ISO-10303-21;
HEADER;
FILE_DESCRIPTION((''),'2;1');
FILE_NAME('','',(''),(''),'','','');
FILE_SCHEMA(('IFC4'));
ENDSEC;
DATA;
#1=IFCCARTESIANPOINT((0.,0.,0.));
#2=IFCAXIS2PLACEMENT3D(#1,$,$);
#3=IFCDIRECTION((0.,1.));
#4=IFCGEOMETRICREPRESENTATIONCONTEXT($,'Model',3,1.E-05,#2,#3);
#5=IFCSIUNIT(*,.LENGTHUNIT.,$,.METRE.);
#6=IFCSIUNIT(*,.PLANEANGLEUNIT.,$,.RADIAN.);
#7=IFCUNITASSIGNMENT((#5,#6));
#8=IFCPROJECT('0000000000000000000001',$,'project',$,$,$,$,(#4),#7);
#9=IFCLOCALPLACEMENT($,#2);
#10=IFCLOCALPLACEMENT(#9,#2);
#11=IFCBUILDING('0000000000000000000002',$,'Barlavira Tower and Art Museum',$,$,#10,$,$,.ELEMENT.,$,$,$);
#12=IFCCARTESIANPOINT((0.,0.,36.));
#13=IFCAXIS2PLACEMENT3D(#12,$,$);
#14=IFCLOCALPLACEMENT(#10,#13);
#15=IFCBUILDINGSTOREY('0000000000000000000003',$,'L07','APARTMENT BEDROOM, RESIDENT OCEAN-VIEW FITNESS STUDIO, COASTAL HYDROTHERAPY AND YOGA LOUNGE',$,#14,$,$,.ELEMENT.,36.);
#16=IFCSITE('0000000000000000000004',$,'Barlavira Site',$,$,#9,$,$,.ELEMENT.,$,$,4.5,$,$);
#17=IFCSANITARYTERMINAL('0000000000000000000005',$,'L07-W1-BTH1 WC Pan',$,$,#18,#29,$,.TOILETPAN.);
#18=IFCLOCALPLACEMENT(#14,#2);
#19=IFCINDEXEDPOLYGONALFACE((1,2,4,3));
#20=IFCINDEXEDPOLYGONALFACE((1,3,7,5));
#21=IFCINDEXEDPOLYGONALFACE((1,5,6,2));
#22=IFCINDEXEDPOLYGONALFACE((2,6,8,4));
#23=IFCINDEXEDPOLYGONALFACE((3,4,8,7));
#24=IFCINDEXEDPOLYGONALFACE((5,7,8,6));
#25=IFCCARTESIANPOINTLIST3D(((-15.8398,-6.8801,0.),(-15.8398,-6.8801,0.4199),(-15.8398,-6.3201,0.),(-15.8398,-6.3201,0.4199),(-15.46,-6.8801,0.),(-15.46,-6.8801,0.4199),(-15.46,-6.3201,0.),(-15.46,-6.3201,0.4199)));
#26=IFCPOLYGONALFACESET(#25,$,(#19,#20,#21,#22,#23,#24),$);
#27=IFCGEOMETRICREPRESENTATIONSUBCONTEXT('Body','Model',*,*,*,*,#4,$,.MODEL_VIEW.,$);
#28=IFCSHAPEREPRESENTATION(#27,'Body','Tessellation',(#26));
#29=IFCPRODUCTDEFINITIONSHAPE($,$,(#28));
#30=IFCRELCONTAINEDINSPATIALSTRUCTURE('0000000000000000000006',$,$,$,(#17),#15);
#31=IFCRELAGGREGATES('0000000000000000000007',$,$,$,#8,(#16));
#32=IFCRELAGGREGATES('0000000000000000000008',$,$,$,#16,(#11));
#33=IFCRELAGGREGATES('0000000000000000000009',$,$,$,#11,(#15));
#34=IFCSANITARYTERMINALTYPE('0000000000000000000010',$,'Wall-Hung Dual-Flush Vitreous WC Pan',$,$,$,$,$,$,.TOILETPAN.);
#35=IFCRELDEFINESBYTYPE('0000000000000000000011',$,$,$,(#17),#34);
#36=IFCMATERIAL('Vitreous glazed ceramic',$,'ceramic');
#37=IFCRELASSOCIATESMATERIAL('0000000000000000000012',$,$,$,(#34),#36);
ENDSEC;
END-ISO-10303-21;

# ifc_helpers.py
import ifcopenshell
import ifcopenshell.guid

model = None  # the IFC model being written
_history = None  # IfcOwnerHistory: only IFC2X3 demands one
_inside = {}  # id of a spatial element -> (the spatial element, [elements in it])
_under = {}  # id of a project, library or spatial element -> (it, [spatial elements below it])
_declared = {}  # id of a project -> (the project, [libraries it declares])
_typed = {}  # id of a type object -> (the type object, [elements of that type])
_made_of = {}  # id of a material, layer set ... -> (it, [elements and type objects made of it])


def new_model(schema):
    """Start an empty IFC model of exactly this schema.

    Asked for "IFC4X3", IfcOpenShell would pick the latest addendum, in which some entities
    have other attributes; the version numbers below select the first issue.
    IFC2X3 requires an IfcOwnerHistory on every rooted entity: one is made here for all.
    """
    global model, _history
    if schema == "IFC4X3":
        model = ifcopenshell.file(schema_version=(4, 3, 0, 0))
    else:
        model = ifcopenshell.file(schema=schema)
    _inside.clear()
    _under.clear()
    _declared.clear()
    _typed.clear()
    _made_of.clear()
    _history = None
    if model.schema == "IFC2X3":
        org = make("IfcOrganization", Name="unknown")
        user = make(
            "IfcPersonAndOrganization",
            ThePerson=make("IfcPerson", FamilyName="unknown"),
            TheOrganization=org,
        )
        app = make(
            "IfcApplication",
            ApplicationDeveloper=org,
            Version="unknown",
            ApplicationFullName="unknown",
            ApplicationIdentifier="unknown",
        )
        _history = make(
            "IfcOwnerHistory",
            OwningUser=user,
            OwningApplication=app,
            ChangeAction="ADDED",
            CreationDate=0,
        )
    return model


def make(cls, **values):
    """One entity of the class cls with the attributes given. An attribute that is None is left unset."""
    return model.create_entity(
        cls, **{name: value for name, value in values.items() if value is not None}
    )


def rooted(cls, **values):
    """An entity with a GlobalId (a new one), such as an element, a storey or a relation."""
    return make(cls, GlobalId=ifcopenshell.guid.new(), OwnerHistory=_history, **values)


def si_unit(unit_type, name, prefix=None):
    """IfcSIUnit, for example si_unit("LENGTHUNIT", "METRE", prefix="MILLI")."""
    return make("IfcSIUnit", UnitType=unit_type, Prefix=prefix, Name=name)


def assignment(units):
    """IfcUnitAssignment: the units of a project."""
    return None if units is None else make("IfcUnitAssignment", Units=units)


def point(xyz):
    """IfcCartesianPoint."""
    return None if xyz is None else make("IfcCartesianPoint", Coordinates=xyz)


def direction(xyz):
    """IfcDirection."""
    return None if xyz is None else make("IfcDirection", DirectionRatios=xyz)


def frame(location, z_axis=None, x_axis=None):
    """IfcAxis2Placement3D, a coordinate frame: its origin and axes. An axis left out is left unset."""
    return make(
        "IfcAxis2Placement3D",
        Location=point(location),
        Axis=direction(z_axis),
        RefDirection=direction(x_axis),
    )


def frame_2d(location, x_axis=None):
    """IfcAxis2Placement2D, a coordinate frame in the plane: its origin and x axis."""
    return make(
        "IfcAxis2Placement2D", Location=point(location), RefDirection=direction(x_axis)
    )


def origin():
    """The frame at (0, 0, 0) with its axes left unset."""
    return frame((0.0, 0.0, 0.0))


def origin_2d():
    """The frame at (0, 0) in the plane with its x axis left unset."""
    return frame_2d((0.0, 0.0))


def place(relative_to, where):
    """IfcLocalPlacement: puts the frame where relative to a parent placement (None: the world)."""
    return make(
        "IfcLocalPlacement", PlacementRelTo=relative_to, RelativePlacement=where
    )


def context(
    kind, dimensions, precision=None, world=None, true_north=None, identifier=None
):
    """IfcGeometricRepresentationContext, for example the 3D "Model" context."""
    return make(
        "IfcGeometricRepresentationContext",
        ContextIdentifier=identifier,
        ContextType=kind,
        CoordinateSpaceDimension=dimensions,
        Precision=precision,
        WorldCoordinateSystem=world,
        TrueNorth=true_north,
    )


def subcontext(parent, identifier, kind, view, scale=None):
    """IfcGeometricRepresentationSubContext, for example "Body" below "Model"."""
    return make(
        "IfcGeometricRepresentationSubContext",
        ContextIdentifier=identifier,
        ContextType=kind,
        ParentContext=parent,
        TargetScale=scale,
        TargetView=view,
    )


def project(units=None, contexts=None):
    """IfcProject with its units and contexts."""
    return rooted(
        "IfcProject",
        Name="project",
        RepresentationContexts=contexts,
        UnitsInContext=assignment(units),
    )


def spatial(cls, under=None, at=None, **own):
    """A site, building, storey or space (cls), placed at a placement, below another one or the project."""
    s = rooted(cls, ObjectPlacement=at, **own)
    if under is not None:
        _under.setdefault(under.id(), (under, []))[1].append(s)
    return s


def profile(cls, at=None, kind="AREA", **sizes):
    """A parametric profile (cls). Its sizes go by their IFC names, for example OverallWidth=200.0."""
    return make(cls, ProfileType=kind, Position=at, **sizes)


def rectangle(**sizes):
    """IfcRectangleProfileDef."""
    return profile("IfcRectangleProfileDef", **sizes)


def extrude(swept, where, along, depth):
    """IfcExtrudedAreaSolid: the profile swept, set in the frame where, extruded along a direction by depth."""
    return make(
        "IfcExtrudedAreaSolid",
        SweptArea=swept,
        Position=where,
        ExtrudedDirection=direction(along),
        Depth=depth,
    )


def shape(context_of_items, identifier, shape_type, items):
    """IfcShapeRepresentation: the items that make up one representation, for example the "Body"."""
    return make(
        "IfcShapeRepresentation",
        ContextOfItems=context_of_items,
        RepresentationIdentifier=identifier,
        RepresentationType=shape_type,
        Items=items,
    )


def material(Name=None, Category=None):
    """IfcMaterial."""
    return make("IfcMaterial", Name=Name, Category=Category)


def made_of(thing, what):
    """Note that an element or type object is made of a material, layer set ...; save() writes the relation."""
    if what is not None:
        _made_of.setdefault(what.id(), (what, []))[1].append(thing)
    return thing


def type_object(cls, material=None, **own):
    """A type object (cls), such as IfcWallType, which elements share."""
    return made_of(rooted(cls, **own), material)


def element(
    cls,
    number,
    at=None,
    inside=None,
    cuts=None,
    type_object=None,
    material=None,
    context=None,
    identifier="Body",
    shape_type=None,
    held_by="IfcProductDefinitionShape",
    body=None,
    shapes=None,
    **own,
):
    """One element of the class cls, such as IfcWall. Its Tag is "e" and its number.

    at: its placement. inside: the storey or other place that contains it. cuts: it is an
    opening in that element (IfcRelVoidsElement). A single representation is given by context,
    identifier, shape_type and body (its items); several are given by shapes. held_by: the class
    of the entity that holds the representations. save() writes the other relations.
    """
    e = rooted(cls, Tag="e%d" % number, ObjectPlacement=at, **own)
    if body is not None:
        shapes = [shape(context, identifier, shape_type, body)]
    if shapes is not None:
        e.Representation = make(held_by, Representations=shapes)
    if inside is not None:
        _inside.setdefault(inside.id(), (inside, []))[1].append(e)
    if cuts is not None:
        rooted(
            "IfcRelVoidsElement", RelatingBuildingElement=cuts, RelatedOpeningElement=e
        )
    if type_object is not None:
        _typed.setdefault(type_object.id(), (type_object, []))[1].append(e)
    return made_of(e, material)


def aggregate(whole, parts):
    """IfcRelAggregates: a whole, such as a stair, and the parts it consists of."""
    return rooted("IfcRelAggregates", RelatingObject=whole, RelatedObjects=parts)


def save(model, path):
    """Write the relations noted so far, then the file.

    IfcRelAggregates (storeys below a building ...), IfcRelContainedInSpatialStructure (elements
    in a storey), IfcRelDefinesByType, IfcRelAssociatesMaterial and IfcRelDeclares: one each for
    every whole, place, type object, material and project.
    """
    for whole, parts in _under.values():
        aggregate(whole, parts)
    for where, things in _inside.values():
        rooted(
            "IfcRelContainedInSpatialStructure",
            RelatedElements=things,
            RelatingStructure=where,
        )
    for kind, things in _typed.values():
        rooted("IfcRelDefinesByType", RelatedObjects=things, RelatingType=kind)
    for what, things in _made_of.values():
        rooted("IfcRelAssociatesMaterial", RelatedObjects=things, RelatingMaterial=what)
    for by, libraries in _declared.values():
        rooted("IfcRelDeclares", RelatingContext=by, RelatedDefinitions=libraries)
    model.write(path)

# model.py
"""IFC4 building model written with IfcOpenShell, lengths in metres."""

from ifc_helpers import new_model, si_unit, direction, frame, origin, origin_2d, place, context, subcontext, project, spatial, rectangle, extrude, material, type_object, element, save


model = new_model("IFC4")

# Units and contexts
model_context = context("Model", 3, precision=1e-05, world=origin(), true_north=direction((0.0, 1.0)))
body_context = subcontext(model_context, "Body", "Model", "MODEL_VIEW")
ifc_project = project(units=[si_unit("LENGTHUNIT", "METRE"), si_unit("PLANEANGLEUNIT", "RADIAN")], contexts=[model_context])

# Site, building, storey
site_placement = place(None, origin())
site = spatial("IfcSite", under=ifc_project, at=site_placement, Name="Barlavira Site", CompositionType="ELEMENT", RefElevation=4.5)
building_placement = place(site_placement, origin())
building = spatial("IfcBuilding", under=site, at=building_placement, Name="Barlavira Tower and Art Museum", CompositionType="ELEMENT")
storey_placement = place(building_placement, frame((0.0, 0.0, 36.0)))
storey = spatial("IfcBuildingStorey", under=building, at=storey_placement, Name="L07", Description="APARTMENT BEDROOM, RESIDENT OCEAN-VIEW FITNESS STUDIO, COASTAL HYDROTHERAPY AND YOGA LOUNGE", CompositionType="ELEMENT", Elevation=36.0)

# Sanitary terminal
ifc_material_1 = material(Name="Vitreous glazed ceramic", Category="ceramic")
sanitary_terminal_type_1 = type_object("IfcSanitaryTerminalType", Name="Wall-Hung Dual-Flush Vitreous WC Pan", PredefinedType="TOILETPAN", material=ifc_material_1)
sanitary_terminal_1_placement = place(storey_placement, frame((-15.6499, -6.6001, 0.0), z_axis=(0.0, 0.0, 1.0), x_axis=(1.0, 0.0, 0.0)))
element("IfcSanitaryTerminal", 1, at=sanitary_terminal_1_placement, inside=storey, type_object=sanitary_terminal_type_1, Name="L07-W1-BTH1 WC Pan", PredefinedType="TOILETPAN", context=body_context, shape_type="SweptSolid", body=[
    extrude(rectangle(XDim=0.3799, YDim=0.5601, at=origin_2d()), origin(), (0.0, 0.0, 1.0), 0.4199),
])

save(model, "model.ifc")
